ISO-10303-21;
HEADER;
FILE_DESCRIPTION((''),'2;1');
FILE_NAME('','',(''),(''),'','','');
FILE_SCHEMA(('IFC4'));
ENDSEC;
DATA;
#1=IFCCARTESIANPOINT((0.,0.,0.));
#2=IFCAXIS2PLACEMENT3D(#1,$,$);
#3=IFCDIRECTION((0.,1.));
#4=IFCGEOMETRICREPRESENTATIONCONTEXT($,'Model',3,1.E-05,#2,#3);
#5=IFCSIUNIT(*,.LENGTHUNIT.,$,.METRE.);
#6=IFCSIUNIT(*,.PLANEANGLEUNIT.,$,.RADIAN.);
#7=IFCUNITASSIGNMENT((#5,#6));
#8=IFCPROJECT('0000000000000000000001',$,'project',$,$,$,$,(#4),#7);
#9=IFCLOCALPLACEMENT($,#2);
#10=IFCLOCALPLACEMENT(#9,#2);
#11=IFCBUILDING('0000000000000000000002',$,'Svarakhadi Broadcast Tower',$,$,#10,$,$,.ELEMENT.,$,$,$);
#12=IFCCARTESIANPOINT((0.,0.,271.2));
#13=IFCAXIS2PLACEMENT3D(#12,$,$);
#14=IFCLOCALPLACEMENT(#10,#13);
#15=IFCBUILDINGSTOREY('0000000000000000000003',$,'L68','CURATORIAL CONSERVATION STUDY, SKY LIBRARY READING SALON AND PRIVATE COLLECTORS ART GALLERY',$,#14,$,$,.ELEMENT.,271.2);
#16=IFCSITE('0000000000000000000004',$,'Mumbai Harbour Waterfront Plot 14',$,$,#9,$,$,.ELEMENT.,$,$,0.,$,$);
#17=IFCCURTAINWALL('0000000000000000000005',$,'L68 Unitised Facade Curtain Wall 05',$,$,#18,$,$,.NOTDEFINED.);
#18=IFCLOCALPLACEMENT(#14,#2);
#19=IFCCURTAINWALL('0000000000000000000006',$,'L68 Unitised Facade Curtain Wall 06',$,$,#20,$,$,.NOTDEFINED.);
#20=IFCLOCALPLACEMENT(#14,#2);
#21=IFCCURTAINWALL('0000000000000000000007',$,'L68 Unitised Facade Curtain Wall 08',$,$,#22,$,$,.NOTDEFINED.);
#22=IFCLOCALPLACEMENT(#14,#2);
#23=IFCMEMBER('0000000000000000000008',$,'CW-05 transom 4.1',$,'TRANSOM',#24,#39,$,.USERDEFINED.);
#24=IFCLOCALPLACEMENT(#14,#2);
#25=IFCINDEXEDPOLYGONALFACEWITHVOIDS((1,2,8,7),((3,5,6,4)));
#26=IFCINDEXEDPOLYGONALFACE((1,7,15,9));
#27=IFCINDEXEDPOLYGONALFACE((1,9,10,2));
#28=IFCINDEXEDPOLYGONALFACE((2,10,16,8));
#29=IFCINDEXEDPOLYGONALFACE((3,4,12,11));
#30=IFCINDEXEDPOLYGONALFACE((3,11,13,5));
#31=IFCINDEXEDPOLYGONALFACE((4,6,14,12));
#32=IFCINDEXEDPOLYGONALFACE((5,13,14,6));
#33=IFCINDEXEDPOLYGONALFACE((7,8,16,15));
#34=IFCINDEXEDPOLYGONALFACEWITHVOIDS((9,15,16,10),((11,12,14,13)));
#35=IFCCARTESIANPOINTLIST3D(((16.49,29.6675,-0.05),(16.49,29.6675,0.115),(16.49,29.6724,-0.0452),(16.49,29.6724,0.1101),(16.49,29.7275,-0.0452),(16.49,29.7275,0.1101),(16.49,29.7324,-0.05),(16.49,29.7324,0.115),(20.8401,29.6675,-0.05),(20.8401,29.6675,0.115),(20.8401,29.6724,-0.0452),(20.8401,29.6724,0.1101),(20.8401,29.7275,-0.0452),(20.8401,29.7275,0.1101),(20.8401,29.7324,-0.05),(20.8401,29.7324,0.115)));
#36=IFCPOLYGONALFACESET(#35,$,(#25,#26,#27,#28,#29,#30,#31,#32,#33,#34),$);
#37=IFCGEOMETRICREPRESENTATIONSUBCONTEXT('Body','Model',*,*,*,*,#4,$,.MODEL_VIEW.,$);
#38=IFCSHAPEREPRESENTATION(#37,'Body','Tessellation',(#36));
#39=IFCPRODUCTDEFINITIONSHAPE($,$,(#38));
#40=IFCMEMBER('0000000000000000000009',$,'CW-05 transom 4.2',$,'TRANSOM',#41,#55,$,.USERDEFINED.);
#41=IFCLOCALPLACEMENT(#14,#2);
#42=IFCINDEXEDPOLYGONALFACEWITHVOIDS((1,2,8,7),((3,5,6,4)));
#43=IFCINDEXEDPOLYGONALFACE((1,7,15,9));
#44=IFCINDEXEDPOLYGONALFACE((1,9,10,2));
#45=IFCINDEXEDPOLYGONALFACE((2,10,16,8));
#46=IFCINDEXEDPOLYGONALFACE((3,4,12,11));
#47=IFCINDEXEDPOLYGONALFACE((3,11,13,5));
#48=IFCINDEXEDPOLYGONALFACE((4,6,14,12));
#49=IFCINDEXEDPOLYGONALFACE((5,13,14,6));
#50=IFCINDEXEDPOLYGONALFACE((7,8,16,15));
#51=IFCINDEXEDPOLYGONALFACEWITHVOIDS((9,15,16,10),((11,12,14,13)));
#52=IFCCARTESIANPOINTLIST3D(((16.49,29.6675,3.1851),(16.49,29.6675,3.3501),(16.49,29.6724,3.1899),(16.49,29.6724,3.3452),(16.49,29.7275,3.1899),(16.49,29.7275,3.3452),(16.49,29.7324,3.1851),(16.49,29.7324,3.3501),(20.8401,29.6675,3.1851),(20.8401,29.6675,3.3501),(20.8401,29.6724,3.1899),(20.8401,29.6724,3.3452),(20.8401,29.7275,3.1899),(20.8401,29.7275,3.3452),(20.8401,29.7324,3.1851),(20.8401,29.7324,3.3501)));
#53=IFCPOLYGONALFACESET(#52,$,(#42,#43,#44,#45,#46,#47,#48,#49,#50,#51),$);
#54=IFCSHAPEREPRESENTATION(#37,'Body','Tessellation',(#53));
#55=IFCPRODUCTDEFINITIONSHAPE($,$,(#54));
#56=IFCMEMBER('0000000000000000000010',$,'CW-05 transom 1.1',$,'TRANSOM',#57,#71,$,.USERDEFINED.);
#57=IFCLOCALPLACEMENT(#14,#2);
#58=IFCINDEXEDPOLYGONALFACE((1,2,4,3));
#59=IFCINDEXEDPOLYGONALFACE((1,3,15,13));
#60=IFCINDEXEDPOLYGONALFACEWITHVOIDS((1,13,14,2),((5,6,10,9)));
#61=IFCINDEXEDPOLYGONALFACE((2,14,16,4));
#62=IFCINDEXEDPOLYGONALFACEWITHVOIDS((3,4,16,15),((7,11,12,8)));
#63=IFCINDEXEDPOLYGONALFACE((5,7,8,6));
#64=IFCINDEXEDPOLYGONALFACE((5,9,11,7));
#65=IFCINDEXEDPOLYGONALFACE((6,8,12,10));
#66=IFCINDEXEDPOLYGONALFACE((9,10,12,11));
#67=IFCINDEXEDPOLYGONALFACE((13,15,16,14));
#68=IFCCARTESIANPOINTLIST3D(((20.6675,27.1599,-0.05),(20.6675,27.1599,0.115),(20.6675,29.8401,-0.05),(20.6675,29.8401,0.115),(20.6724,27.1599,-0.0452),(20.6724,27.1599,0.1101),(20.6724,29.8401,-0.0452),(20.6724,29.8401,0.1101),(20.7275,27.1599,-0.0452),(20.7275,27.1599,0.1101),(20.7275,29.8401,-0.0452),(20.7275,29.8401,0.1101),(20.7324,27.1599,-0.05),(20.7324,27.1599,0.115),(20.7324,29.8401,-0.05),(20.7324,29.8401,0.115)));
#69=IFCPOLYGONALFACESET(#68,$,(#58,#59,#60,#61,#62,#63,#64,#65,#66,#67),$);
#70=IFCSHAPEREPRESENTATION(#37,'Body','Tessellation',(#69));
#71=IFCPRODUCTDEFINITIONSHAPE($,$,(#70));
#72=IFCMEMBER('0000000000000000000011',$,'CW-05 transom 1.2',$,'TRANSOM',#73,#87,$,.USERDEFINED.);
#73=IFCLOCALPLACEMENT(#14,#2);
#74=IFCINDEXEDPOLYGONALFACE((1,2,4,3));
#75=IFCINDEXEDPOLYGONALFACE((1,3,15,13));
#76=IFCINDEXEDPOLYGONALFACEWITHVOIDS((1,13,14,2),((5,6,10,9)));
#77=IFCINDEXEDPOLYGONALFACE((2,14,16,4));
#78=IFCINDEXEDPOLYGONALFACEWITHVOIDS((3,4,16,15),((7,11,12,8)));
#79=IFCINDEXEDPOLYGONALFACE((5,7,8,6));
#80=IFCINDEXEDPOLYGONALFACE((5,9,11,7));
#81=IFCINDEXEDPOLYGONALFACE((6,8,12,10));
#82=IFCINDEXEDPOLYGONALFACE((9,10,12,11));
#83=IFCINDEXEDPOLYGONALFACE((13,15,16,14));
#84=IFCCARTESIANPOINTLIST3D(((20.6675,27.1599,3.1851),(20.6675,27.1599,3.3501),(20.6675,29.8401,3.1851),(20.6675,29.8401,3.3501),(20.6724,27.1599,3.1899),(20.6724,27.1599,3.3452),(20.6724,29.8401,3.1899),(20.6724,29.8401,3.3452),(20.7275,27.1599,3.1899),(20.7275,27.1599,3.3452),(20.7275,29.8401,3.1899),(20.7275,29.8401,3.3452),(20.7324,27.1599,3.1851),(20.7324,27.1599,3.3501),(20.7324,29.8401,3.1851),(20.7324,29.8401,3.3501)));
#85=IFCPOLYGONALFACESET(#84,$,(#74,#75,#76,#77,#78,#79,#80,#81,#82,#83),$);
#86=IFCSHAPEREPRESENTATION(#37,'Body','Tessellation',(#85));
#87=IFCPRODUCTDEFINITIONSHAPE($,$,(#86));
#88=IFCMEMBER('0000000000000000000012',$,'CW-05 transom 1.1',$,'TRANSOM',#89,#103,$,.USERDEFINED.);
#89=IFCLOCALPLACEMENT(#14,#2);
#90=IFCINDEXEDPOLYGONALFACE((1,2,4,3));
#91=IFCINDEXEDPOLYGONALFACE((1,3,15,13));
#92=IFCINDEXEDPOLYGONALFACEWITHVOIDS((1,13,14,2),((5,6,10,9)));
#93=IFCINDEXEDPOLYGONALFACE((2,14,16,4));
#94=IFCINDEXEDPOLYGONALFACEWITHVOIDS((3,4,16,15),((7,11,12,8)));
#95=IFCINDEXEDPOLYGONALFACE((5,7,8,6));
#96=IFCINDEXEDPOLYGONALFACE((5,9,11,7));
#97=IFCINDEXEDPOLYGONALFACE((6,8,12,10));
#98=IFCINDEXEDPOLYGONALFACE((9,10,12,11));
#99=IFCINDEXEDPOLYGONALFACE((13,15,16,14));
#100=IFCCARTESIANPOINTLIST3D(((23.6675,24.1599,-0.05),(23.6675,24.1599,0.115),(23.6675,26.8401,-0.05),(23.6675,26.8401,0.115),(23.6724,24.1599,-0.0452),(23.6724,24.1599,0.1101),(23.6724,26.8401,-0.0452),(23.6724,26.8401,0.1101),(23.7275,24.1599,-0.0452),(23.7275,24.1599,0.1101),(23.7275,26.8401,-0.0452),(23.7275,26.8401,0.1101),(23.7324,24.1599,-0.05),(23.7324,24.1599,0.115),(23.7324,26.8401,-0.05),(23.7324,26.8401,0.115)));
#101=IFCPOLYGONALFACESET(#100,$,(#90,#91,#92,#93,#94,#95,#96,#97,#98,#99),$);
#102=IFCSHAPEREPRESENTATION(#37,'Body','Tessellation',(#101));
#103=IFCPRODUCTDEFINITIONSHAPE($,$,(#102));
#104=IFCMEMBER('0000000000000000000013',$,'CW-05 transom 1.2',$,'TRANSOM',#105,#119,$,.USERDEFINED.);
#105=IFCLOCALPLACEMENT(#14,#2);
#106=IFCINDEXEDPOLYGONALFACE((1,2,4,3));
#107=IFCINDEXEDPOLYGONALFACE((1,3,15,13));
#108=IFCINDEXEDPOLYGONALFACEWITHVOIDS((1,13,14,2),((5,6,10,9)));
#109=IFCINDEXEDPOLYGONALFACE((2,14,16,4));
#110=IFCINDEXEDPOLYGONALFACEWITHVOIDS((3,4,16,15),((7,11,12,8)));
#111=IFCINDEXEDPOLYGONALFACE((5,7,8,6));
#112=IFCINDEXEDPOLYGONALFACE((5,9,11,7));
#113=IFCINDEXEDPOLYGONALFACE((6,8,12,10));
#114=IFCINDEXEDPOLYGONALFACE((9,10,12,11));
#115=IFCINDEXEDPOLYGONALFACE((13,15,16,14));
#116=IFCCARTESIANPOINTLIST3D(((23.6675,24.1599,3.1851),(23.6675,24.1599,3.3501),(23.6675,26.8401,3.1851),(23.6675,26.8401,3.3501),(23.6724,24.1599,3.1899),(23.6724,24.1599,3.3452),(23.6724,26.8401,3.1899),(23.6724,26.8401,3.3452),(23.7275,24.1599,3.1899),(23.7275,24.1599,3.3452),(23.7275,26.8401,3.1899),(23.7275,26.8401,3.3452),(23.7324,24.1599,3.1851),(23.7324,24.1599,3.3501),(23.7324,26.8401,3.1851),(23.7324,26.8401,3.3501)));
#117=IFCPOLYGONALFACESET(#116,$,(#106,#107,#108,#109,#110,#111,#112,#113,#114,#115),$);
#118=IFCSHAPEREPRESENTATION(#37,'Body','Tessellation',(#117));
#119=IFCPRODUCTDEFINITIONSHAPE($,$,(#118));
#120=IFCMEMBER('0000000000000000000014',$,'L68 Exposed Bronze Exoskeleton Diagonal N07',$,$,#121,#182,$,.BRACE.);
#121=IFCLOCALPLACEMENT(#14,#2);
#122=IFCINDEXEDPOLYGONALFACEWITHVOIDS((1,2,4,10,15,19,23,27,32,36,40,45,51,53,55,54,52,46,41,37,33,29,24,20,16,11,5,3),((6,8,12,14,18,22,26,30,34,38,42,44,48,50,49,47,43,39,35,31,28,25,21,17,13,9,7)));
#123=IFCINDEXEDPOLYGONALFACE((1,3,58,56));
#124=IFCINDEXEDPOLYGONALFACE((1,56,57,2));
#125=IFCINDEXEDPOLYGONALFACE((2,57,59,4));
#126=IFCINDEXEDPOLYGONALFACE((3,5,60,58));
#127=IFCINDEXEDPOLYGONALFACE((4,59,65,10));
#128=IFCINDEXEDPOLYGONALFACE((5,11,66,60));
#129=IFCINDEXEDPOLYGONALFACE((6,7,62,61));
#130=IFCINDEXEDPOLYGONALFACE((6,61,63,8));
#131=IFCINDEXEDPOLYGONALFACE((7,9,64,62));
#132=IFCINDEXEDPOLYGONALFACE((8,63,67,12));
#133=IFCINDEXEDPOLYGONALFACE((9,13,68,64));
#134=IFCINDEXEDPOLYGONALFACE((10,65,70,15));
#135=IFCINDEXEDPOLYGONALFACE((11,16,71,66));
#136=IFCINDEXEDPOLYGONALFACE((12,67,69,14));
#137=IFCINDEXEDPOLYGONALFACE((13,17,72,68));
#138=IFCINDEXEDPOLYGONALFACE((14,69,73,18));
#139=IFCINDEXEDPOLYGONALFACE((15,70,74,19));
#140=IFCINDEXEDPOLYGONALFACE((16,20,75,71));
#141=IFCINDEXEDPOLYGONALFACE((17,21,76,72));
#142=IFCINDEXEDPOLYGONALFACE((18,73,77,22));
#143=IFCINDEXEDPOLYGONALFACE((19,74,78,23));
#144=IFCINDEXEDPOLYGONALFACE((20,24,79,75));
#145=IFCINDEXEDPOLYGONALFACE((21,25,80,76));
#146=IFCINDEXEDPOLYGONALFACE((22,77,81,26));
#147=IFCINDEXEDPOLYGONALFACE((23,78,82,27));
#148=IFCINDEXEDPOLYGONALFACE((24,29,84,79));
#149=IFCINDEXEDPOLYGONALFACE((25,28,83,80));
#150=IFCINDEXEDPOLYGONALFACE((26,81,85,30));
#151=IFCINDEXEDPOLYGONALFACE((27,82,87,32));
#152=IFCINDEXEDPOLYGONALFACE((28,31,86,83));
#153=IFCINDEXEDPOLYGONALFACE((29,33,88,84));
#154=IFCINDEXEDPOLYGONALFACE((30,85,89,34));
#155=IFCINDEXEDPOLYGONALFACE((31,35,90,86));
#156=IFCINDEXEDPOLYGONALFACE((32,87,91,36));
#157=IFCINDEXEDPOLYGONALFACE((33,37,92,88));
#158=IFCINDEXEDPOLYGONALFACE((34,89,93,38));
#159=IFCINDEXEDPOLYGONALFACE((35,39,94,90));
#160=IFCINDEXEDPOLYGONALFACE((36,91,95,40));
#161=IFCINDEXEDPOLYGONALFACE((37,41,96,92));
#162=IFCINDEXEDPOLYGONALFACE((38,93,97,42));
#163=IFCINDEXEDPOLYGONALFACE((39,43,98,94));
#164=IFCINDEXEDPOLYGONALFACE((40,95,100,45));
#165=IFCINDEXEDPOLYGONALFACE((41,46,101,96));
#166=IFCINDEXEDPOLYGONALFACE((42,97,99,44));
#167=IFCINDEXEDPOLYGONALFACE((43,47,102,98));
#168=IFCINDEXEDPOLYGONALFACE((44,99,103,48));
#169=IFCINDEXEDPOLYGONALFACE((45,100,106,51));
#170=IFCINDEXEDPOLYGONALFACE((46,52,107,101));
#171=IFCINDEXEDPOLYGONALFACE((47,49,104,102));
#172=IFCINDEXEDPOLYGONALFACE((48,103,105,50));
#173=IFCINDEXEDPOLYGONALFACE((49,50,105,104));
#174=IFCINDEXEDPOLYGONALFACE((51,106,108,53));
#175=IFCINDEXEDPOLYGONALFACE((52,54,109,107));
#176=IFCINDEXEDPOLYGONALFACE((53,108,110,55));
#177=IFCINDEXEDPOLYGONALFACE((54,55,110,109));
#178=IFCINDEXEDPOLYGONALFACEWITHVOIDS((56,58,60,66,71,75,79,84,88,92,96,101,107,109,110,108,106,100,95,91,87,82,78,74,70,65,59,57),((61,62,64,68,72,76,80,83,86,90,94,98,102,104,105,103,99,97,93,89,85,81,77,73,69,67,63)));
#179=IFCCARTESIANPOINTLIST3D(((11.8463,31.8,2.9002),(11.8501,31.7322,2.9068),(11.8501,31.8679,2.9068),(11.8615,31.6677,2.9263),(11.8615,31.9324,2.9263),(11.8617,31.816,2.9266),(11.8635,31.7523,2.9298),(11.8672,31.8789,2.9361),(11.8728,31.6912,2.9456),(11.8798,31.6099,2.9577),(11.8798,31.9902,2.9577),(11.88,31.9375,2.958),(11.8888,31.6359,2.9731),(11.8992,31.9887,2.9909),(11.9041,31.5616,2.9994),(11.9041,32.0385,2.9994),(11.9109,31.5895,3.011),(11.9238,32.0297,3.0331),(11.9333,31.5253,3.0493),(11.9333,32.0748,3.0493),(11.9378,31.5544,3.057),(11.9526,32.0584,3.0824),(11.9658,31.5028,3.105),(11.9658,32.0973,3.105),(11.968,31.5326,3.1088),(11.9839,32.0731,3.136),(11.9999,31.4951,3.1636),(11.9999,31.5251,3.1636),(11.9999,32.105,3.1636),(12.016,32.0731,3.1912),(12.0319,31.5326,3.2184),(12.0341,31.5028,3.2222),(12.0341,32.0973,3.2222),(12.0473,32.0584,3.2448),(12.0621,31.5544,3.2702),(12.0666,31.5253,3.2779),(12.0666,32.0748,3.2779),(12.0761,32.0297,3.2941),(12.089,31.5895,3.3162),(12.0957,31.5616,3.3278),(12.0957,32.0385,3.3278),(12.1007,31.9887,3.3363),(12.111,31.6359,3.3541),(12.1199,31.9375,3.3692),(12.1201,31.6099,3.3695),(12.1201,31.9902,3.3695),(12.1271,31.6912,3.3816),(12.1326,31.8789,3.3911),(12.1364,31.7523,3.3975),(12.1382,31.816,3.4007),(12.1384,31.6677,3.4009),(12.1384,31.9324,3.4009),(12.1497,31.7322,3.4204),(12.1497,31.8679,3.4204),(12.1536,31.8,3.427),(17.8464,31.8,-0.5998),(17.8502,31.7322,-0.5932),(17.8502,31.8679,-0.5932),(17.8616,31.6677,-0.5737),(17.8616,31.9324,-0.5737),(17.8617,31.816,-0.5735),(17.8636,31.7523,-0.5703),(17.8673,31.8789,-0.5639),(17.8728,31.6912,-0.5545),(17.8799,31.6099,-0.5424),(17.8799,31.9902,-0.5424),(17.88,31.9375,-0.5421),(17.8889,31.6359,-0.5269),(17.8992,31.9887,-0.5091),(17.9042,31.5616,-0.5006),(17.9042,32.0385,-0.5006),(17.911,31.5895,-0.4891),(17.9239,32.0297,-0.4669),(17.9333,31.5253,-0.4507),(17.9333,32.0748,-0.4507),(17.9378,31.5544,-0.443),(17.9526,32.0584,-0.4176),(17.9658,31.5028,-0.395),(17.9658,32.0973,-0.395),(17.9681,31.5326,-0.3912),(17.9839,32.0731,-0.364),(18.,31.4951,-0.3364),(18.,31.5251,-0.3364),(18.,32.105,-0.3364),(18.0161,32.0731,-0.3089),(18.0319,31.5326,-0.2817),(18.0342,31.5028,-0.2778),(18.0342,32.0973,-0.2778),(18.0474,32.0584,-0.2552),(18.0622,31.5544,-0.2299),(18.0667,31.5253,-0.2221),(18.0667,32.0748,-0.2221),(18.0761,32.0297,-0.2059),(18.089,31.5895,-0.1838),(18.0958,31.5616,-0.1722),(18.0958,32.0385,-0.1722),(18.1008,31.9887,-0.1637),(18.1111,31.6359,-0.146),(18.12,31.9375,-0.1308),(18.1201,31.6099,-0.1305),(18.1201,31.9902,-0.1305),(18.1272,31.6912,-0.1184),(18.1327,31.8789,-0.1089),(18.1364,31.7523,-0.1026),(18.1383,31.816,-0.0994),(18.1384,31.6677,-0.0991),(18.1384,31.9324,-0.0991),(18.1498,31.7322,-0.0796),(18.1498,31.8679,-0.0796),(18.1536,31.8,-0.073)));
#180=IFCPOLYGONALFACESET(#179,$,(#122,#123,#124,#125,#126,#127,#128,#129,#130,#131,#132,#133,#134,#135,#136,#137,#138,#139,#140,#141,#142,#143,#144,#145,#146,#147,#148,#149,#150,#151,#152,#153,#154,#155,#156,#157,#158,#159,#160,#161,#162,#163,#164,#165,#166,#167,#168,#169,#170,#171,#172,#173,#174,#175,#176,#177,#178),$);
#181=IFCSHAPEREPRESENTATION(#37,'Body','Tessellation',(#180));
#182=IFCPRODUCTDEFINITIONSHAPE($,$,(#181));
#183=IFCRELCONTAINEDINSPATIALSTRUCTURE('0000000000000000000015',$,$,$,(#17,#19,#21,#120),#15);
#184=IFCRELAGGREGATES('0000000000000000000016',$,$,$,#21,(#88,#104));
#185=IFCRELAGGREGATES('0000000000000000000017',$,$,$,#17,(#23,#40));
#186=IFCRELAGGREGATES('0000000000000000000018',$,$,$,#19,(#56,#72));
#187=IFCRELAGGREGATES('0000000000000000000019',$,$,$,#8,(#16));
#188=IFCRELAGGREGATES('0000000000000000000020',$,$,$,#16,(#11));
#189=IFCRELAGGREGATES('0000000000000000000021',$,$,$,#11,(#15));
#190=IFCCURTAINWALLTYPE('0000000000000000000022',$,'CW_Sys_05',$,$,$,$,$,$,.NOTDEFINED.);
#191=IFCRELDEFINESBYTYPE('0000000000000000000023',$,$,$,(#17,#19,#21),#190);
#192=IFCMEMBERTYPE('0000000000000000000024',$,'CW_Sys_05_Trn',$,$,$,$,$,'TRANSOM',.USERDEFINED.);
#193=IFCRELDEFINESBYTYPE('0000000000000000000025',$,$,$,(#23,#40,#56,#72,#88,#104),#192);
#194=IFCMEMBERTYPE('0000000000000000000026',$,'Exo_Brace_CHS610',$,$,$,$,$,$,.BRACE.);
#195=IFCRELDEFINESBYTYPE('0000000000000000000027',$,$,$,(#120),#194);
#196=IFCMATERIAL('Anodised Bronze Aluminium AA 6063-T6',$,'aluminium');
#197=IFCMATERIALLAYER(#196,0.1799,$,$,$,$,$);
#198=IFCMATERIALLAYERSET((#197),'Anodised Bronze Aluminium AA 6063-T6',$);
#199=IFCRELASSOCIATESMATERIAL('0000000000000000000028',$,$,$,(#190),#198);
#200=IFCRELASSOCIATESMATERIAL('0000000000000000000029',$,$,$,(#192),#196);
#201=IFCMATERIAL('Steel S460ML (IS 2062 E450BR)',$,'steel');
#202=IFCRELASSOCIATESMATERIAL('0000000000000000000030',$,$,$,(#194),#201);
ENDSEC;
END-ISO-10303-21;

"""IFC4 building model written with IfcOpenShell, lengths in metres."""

from ifc_helpers import new_model, si_unit, direction, frame, origin, origin_2d, place, context, subcontext, project, spatial, hollow_rectangle, hollow_circle, extrude, material, layer, layer_set, material_profile, profile_set, type_object, element, aggregate, save


model = new_model("IFC4")

# Units and contexts
model_context = context("Model", 3, precision=1e-05, world=origin(), true_north=direction((0.0, 1.0)))
body_context = subcontext(model_context, "Body", "Model", "MODEL_VIEW")
ifc_project = project(units=[si_unit("LENGTHUNIT", "METRE"), si_unit("PLANEANGLEUNIT", "RADIAN")], contexts=[model_context])

# Site, building, storey
site_placement = place(None, origin())
site = spatial("IfcSite", under=ifc_project, at=site_placement, Name="Mumbai Harbour Waterfront Plot 14", CompositionType="ELEMENT", RefElevation=0.0)
building_placement = place(site_placement, origin())
building = spatial("IfcBuilding", under=site, at=building_placement, Name="Svarakhadi Broadcast Tower", CompositionType="ELEMENT")
storey_placement = place(building_placement, frame((0.0, 0.0, 271.2)))
storey = spatial("IfcBuildingStorey", under=building, at=storey_placement, Name="L68", Description="CURATORIAL CONSERVATION STUDY, SKY LIBRARY READING SALON AND PRIVATE COLLECTORS ART GALLERY", CompositionType="ELEMENT", Elevation=271.2)

# Shared definitions
ifc_material_1 = material(Name="Steel S460ML (IS 2062 E450BR)", Category="steel")

# Curtain walls
ifc_material_2 = material(Name="Anodised Bronze Aluminium AA 6063-T6", Category="aluminium")
ifc_layer_1 = layer(ifc_material_2, 0.1799)
ifc_layer_set_1 = layer_set([ifc_layer_1], Name="Anodised Bronze Aluminium AA 6063-T6")
curtain_wall_type = type_object("IfcCurtainWallType", Name="CW_Sys_05", PredefinedType="NOTDEFINED", material=ifc_layer_set_1)
curtain_wall_1_placement = place(storey_placement, origin())
curtain_wall_1 = element("IfcCurtainWall", 1, at=curtain_wall_1_placement, inside=storey, type_object=curtain_wall_type, Name="L68 Unitised Facade Curtain Wall 05", PredefinedType="NOTDEFINED")
curtain_wall_2_placement = place(storey_placement, origin())
curtain_wall_2 = element("IfcCurtainWall", 2, at=curtain_wall_2_placement, inside=storey, type_object=curtain_wall_type, Name="L68 Unitised Facade Curtain Wall 06", PredefinedType="NOTDEFINED")

# Curtain wall
curtain_wall_3_placement = place(storey_placement, origin())
curtain_wall_3 = element("IfcCurtainWall", 3, at=curtain_wall_3_placement, inside=storey, type_object=curtain_wall_type, Name="L68 Unitised Facade Curtain Wall 08", PredefinedType="NOTDEFINED")

# Members
ifc_material_profile_1 = material_profile(ifc_material_2, hollow_rectangle(XDim=0.0649, YDim=0.165, WallThickness=0.0049, at=origin_2d()), Name="ALU TRANSOM 165x65x5")
ifc_profile_set_1 = profile_set([ifc_material_profile_1], Name="Anodised Bronze Aluminium AA 6063-T6")
member_type_1 = type_object("IfcMemberType", Name="CW_Sys_05_Trn", ElementType="TRANSOM", PredefinedType="USERDEFINED", material=ifc_profile_set_1)
member_1_placement = place(storey_placement, frame((16.49, 29.7, 0.0325), z_axis=(1.0, 0.0, 0.0), x_axis=(0.0, 1.0, 0.0)))
member_1 = element("IfcMember", 4, at=member_1_placement, type_object=member_type_1, Name="CW-05 transom 4.1", ObjectType="TRANSOM", PredefinedType="USERDEFINED", context=body_context, shape_type="SweptSolid", body=[
    extrude(hollow_rectangle(XDim=0.0649, YDim=0.165, WallThickness=0.0049, at=origin_2d()), origin(), (0.0, 0.0, 1.0), 4.3501),
])
member_2_placement = place(storey_placement, frame((16.49, 29.7, 3.2676), z_axis=(1.0, 0.0, 0.0), x_axis=(0.0, 1.0, 0.0)))
member_2 = element("IfcMember", 5, at=member_2_placement, type_object=member_type_1, Name="CW-05 transom 4.2", ObjectType="TRANSOM", PredefinedType="USERDEFINED", context=body_context, shape_type="SweptSolid", body=[
    extrude(hollow_rectangle(XDim=0.0649, YDim=0.165, WallThickness=0.0049, at=origin_2d()), origin(), (0.0, 0.0, 1.0), 4.3501),
])
member_3_placement = place(storey_placement, frame((20.7, 29.8401, 0.0325), z_axis=(0.0, -1.0, 0.0), x_axis=(1.0, 0.0, 0.0)))
member_3 = element("IfcMember", 6, at=member_3_placement, type_object=member_type_1, Name="CW-05 transom 1.1", ObjectType="TRANSOM", PredefinedType="USERDEFINED", context=body_context, shape_type="SweptSolid", body=[
    extrude(hollow_rectangle(XDim=0.0649, YDim=0.165, WallThickness=0.0049, at=origin_2d()), origin(), (0.0, 0.0, 1.0), 2.6802),
])
member_4_placement = place(storey_placement, frame((20.7, 29.8401, 3.2676), z_axis=(0.0, -1.0, 0.0), x_axis=(1.0, 0.0, 0.0)))
member_4 = element("IfcMember", 7, at=member_4_placement, type_object=member_type_1, Name="CW-05 transom 1.2", ObjectType="TRANSOM", PredefinedType="USERDEFINED", context=body_context, shape_type="SweptSolid", body=[
    extrude(hollow_rectangle(XDim=0.0649, YDim=0.165, WallThickness=0.0049, at=origin_2d()), origin(), (0.0, 0.0, 1.0), 2.6802),
])
member_5_placement = place(storey_placement, frame((23.7, 26.8401, 0.0325), z_axis=(0.0, -1.0, 0.0), x_axis=(1.0, 0.0, 0.0)))
member_5 = element("IfcMember", 8, at=member_5_placement, type_object=member_type_1, Name="CW-05 transom 1.1", ObjectType="TRANSOM", PredefinedType="USERDEFINED", context=body_context, shape_type="SweptSolid", body=[
    extrude(hollow_rectangle(XDim=0.0649, YDim=0.165, WallThickness=0.0049, at=origin_2d()), origin(), (0.0, 0.0, 1.0), 2.6802),
])
member_6_placement = place(storey_placement, frame((23.7, 26.8401, 3.2676), z_axis=(0.0, -1.0, 0.0), x_axis=(1.0, 0.0, 0.0)))
member_6 = element("IfcMember", 9, at=member_6_placement, type_object=member_type_1, Name="CW-05 transom 1.2", ObjectType="TRANSOM", PredefinedType="USERDEFINED", context=body_context, shape_type="SweptSolid", body=[
    extrude(hollow_rectangle(XDim=0.0649, YDim=0.165, WallThickness=0.0049, at=origin_2d()), origin(), (0.0, 0.0, 1.0), 2.6802),
])
aggregate(curtain_wall_3, [member_5, member_6])

# Member
ifc_material_profile_2 = material_profile(ifc_material_1, hollow_circle(Radius=0.3049, WallThickness=0.03, at=origin_2d()), Name="CHS 610x30")
ifc_profile_set_2 = profile_set([ifc_material_profile_2], Name="Steel S460ML (IS 2062 E450BR)")
member_type_2 = type_object("IfcMemberType", Name="Exo_Brace_CHS610", PredefinedType="BRACE", material=ifc_profile_set_2)
member_7_placement = place(storey_placement, frame((18.0, 31.8, -0.3364), z_axis=(-0.863779, 0.0, 0.503871), x_axis=(0.0, -1.0, 0.0)))
element("IfcMember", 10, at=member_7_placement, inside=storey, type_object=member_type_2, Name="L68 Exposed Bronze Exoskeleton Diagonal N07", PredefinedType="BRACE", context=body_context, shape_type="SweptSolid", body=[
    extrude(hollow_circle(Radius=0.3049, WallThickness=0.03, at=origin_2d()), origin(), (0.0, 0.0, 1.0), 6.9463),
])

aggregate(curtain_wall_1, [member_1, member_2])
aggregate(curtain_wall_2, [member_3, member_4])

save(model, "model.ifc")
